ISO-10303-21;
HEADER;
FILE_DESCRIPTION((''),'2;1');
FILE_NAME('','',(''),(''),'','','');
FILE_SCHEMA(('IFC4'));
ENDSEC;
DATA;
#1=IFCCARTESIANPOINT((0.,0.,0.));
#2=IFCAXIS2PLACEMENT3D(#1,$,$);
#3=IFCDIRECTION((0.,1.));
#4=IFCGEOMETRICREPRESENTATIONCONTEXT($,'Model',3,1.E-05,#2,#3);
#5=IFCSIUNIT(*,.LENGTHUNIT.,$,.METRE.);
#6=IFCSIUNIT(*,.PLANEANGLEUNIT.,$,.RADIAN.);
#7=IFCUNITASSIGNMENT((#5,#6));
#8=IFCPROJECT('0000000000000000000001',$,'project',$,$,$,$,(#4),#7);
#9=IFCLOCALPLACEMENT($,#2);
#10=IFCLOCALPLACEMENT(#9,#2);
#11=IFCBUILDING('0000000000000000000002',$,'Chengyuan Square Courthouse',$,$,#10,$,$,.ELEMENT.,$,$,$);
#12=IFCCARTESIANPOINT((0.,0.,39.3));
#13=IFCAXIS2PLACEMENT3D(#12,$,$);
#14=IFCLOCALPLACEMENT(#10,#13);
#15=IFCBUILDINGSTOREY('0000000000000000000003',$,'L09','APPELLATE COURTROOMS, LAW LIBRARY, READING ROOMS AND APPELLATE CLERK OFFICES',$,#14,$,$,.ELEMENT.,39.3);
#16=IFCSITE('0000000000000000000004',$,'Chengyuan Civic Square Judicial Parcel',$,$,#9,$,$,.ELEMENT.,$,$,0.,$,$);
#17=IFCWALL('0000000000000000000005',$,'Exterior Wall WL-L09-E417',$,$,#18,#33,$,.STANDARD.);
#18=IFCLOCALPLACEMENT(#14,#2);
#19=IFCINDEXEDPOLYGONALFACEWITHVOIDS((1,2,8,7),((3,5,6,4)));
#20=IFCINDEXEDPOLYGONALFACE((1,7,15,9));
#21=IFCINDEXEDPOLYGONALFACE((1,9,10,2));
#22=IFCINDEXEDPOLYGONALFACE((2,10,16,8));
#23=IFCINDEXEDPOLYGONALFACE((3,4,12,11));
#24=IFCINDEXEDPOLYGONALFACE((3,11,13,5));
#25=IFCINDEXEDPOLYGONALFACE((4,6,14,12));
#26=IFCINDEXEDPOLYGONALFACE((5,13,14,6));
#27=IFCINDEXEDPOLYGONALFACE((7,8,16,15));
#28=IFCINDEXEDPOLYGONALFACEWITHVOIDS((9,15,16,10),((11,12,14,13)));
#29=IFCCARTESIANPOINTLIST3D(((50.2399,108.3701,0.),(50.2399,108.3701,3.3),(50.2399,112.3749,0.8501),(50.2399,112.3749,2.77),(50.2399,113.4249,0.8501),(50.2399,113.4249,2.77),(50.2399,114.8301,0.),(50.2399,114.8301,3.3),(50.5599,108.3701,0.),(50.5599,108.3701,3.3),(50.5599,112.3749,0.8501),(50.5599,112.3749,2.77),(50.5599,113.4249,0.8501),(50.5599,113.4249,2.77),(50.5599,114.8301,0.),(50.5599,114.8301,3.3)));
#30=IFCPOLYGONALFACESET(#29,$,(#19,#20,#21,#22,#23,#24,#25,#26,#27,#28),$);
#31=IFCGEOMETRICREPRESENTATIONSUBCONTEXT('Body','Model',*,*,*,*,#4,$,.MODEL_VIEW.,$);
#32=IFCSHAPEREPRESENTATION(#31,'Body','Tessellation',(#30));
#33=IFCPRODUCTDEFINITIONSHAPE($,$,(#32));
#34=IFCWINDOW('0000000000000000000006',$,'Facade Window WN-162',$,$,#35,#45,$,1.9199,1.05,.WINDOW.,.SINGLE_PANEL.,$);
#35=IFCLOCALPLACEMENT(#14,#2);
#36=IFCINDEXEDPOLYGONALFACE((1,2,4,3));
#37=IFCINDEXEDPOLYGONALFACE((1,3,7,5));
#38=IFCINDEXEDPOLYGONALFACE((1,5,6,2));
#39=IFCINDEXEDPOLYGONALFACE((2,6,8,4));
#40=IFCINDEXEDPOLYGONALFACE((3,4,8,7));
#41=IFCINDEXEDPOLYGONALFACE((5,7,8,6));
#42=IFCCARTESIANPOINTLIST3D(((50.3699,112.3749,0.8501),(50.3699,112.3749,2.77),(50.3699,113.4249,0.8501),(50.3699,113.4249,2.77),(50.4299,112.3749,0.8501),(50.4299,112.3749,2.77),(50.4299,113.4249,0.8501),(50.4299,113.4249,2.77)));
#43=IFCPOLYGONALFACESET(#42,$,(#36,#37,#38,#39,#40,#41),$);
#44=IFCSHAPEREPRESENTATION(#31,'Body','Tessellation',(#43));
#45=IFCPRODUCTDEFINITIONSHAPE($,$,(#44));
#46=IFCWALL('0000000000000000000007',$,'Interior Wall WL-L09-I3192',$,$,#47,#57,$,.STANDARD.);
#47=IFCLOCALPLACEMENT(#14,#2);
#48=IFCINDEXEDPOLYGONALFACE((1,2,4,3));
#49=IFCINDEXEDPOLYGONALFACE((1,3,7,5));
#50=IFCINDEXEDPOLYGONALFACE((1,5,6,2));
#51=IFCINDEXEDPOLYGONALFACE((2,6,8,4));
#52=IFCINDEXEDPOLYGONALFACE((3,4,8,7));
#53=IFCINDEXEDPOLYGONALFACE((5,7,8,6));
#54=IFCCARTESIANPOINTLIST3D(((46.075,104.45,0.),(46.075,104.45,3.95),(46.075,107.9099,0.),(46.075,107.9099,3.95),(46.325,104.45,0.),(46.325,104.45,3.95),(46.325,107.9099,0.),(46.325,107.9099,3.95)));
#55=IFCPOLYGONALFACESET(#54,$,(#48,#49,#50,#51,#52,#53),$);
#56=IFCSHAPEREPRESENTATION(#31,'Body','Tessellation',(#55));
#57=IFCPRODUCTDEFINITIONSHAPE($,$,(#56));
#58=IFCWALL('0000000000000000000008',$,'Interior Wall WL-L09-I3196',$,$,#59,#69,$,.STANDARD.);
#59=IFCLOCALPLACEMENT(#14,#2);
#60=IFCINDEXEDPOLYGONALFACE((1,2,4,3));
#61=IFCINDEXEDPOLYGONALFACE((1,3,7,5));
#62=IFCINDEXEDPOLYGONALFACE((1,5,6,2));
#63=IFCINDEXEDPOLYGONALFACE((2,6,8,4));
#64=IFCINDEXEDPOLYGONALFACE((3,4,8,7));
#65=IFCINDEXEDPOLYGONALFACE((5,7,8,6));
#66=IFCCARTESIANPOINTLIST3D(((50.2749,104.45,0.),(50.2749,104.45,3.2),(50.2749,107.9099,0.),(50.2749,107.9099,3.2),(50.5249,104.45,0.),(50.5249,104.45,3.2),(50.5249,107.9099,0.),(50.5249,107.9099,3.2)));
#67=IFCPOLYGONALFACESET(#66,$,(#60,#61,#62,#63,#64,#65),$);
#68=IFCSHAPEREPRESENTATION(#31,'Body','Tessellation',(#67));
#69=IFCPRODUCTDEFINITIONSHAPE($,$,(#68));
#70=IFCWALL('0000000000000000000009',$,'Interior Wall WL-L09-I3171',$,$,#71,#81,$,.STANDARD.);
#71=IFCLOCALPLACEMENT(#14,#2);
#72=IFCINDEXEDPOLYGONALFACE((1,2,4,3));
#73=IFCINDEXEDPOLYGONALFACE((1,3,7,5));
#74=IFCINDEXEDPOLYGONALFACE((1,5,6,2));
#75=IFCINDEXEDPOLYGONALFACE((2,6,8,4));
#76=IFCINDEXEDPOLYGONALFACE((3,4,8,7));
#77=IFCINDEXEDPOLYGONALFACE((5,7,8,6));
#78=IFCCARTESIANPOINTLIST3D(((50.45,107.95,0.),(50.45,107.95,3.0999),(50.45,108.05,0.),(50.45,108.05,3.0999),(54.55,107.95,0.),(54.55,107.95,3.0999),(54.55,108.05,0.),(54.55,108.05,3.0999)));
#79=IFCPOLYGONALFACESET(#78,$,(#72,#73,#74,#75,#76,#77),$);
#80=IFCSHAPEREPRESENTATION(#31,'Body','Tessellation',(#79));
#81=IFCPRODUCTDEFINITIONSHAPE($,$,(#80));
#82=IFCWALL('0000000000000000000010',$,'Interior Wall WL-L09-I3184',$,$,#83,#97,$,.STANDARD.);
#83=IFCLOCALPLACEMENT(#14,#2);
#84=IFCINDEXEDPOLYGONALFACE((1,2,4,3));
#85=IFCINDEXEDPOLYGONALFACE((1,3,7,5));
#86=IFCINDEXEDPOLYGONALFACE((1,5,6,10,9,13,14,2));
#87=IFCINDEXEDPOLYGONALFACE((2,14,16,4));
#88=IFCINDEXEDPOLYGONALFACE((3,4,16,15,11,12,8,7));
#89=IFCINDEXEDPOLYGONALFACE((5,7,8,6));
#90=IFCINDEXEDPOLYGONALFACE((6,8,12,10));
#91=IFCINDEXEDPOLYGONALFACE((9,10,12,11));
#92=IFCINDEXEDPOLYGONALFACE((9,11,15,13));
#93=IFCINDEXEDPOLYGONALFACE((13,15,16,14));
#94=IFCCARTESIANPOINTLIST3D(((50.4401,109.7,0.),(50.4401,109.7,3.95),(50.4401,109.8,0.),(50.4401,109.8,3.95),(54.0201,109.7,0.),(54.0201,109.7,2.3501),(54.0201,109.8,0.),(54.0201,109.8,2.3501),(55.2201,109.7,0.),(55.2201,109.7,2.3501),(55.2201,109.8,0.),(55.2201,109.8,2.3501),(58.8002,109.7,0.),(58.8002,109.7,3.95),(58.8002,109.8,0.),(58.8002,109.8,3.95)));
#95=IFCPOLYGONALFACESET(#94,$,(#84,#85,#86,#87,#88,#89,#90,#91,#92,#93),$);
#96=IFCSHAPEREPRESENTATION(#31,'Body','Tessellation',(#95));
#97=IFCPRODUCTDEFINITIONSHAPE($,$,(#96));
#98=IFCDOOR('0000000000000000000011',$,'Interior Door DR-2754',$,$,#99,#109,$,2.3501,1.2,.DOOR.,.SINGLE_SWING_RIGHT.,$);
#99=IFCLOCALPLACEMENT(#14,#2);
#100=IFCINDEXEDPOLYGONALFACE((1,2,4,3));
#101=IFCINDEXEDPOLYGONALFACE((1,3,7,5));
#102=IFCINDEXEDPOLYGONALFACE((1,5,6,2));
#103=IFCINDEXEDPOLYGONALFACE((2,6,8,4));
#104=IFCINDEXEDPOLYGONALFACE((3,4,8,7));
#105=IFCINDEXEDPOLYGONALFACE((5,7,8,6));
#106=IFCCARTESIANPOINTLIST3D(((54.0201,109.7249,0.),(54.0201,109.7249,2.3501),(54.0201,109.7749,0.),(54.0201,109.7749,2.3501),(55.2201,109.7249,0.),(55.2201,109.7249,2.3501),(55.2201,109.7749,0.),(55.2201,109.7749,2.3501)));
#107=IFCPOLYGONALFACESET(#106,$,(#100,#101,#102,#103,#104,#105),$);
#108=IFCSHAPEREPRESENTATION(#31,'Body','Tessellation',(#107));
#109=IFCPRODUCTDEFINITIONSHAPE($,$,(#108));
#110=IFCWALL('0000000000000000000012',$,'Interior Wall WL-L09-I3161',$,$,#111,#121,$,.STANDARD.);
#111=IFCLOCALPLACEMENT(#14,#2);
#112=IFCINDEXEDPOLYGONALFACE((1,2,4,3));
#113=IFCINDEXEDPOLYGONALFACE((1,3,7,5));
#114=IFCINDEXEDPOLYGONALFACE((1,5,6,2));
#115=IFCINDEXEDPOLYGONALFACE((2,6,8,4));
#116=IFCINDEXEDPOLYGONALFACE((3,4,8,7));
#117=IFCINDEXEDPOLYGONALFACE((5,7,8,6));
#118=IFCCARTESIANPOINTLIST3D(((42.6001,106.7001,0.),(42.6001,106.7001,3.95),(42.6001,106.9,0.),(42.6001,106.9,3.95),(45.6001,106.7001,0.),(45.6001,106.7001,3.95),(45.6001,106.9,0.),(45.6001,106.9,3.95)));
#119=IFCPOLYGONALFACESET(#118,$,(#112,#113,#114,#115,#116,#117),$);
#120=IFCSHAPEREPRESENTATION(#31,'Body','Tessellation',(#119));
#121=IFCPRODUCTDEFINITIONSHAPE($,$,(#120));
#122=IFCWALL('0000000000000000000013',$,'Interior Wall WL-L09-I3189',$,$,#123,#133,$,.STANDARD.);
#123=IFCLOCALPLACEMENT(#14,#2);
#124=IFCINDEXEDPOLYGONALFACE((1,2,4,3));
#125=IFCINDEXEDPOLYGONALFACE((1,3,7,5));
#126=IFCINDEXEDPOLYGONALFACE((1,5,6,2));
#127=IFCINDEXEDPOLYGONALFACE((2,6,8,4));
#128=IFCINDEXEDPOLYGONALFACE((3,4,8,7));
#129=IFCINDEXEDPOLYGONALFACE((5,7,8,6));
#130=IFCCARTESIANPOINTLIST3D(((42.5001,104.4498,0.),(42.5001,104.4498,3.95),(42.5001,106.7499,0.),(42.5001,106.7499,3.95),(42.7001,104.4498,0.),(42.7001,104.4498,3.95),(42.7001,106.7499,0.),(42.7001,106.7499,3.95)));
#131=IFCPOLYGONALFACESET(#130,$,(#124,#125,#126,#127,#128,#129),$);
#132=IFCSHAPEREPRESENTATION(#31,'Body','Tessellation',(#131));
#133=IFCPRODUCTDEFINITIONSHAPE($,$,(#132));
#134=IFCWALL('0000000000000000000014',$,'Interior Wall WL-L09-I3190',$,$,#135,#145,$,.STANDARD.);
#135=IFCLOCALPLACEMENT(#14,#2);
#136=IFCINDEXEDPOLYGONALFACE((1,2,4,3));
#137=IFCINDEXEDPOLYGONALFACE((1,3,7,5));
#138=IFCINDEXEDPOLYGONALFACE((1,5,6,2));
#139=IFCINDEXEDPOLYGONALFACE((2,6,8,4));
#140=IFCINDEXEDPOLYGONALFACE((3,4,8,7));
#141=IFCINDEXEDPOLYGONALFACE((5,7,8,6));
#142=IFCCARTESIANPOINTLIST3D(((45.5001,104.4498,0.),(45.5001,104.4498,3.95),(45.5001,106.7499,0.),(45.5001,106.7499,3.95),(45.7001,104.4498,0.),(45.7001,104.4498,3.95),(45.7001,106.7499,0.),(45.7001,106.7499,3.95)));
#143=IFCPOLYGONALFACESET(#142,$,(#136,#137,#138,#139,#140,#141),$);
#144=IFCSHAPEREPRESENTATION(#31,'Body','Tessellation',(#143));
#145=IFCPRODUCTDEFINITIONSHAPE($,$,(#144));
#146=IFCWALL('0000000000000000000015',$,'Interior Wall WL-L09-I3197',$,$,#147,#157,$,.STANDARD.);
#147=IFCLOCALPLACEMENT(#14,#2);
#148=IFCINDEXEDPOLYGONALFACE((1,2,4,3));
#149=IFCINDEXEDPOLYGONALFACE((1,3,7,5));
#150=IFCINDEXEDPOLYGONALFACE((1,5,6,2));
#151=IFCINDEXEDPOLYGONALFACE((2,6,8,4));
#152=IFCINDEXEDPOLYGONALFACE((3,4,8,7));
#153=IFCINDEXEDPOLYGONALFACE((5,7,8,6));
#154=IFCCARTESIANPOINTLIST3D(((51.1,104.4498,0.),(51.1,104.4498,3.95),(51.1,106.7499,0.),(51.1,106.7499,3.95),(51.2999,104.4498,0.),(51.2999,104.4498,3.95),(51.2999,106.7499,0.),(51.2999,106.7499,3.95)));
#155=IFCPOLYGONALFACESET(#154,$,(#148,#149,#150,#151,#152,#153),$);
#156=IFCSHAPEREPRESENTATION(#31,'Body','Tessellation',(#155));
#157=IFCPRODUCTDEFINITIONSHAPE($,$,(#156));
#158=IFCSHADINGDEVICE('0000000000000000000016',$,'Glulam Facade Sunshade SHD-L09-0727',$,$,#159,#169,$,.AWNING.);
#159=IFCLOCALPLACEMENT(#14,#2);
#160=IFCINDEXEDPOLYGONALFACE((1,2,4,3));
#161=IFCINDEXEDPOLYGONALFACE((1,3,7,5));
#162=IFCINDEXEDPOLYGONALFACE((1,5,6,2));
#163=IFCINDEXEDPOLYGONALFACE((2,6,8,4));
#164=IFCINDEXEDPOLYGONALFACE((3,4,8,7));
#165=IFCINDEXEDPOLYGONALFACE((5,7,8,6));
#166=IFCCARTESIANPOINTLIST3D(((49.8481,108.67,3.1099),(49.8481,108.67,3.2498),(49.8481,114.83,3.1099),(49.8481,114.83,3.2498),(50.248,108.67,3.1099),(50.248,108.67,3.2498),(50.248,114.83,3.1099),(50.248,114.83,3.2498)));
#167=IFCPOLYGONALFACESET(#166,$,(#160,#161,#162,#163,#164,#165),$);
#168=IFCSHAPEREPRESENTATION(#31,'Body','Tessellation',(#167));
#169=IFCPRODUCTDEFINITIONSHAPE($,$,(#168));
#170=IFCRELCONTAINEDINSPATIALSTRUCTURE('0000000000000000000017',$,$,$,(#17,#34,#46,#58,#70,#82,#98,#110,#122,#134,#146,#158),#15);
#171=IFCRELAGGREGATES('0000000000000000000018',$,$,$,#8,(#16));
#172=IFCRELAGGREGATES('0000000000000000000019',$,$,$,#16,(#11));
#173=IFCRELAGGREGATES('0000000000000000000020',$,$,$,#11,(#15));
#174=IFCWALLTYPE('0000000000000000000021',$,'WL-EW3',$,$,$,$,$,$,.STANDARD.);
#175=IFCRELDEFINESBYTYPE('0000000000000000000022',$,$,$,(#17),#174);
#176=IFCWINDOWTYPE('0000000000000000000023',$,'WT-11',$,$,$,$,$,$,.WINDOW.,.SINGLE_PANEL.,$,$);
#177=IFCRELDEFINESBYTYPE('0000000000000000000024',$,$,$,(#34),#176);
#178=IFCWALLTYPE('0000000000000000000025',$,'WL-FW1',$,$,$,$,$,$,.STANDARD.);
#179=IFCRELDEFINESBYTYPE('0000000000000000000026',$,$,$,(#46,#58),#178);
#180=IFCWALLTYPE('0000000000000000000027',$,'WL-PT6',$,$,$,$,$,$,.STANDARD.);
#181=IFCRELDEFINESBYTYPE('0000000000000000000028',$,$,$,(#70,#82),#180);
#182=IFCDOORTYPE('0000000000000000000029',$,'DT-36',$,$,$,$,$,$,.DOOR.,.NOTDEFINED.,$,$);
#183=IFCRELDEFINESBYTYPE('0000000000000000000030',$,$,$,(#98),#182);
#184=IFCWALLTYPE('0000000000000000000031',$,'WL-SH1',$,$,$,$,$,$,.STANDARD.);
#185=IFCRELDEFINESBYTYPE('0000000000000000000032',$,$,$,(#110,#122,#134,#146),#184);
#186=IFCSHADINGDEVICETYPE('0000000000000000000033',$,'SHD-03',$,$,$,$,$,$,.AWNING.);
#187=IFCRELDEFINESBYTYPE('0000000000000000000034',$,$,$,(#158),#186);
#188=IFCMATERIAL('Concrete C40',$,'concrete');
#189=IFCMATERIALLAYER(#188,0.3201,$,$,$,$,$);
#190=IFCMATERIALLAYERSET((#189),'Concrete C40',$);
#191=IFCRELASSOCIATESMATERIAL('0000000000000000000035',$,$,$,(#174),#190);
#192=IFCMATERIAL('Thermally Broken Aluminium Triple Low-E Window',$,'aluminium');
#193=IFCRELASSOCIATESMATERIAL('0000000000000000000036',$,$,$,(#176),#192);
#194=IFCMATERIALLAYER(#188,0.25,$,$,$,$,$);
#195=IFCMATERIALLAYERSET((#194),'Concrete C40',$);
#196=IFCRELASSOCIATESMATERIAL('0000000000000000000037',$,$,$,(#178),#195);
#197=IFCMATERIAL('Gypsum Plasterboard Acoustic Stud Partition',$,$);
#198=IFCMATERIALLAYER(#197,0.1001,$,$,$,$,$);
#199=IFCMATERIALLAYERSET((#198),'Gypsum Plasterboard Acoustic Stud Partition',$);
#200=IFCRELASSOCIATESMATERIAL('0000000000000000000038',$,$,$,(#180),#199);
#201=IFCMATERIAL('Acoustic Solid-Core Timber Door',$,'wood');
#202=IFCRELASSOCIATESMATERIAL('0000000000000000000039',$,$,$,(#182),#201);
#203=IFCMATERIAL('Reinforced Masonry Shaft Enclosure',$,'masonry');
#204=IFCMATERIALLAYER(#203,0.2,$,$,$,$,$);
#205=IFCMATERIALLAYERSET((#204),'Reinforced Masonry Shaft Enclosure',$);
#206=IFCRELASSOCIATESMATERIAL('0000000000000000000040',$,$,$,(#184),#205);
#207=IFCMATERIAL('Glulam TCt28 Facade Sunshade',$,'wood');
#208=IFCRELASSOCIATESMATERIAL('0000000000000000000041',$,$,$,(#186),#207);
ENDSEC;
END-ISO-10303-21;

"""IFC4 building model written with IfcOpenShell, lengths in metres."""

from ifc_helpers import new_model, si_unit, direction, frame, frame_2d, origin, origin_2d, place, context, subcontext, project, spatial, rectangle, extrude, material, layer, layer_set, type_object, element, fill, save


model = new_model("IFC4")

# Units and contexts
model_context = context("Model", 3, precision=1e-05, world=origin(), true_north=direction((0.0, 1.0)))
body_context = subcontext(model_context, "Body", "Model", "MODEL_VIEW")
ifc_project = project(units=[si_unit("LENGTHUNIT", "METRE"), si_unit("PLANEANGLEUNIT", "RADIAN")], contexts=[model_context])

# Site, building, storey
site_placement = place(None, origin())
site = spatial("IfcSite", under=ifc_project, at=site_placement, Name="Chengyuan Civic Square Judicial Parcel", CompositionType="ELEMENT", RefElevation=0.0)
building_placement = place(site_placement, origin())
building = spatial("IfcBuilding", under=site, at=building_placement, Name="Chengyuan Square Courthouse", CompositionType="ELEMENT")
storey_placement = place(building_placement, frame((0.0, 0.0, 39.3)))
storey = spatial("IfcBuildingStorey", under=building, at=storey_placement, Name="L09", Description="APPELLATE COURTROOMS, LAW LIBRARY, READING ROOMS AND APPELLATE CLERK OFFICES", CompositionType="ELEMENT", Elevation=39.3)

# Shared definitions
ifc_material_1 = material(Name="Concrete C40", Category="concrete")

# Shared definitions
ifc_layer_1 = layer(ifc_material_1, 0.3201)
ifc_layer_set_1 = layer_set([ifc_layer_1], Name="Concrete C40")
wall_type_1 = type_object("IfcWallType", Name="WL-EW3", PredefinedType="STANDARD", material=ifc_layer_set_1)

# Wall, opening, window
wall_1_placement = place(storey_placement, frame((50.3999, 108.3701, 0.0), z_axis=(0.0, 0.0, 1.0), x_axis=(0.0, 1.0, 0.0)))
wall_1 = element("IfcWall", 1, at=wall_1_placement, inside=storey, type_object=wall_type_1, Name="Exterior Wall WL-L09-E417", PredefinedType="STANDARD", context=body_context, shape_type="SweptSolid", body=[
    extrude(rectangle(XDim=6.46, YDim=0.3201, at=frame_2d((3.23, 0.0))), origin(), (0.0, 0.0, 1.0), 3.3),
])
opening_1_placement = place(wall_1_placement, frame((4.0049, 0.0, 0.8501)))
opening_1 = element("IfcOpeningElement", 2, at=opening_1_placement, cuts=wall_1, PredefinedType="OPENING", context=body_context, shape_type="SweptSolid", body=[
    extrude(rectangle(XDim=1.05, YDim=1.9199, at=frame_2d((0.5249, 0.96))), frame((0.0, 0.1721, 0.0), z_axis=(0.0, -1.0, 0.0), x_axis=(1.0, 0.0, 0.0)), (0.0, 0.0, 1.0), 0.344),
])
ifc_material_2 = material(Name="Thermally Broken Aluminium Triple Low-E Window", Category="aluminium")
window_type = type_object("IfcWindowType", Name="WT-11", PartitioningType="SINGLE_PANEL", PredefinedType="WINDOW", material=ifc_material_2)
window_placement = place(opening_1_placement, origin())
window = element("IfcWindow", 3, at=window_placement, inside=storey, type_object=window_type, Name="Facade Window WN-162", OverallHeight=1.9199, OverallWidth=1.05, PartitioningType="SINGLE_PANEL", PredefinedType="WINDOW", context=body_context, shape_type="SweptSolid", body=[
    extrude(rectangle(XDim=1.05, YDim=1.9199, at=frame_2d((0.5249, 0.96))), frame((0.0, 0.03, 0.0), z_axis=(0.0, -1.0, 0.0), x_axis=(1.0, 0.0, 0.0)), (0.0, 0.0, 1.0), 0.0601),
])
fill(opening_1, window)

# Walls
ifc_layer_2 = layer(ifc_material_1, 0.25)
ifc_layer_set_2 = layer_set([ifc_layer_2], Name="Concrete C40")
wall_type_2 = type_object("IfcWallType", Name="WL-FW1", PredefinedType="STANDARD", material=ifc_layer_set_2)
wall_2_placement = place(storey_placement, frame((46.2, 104.45, 0.0), z_axis=(0.0, 0.0, 1.0), x_axis=(0.0, 1.0, 0.0)))
element("IfcWall", 4, at=wall_2_placement, inside=storey, type_object=wall_type_2, Name="Interior Wall WL-L09-I3192", PredefinedType="STANDARD", context=body_context, shape_type="SweptSolid", body=[
    extrude(rectangle(XDim=3.46, YDim=0.25, at=frame_2d((1.73, 0.0))), origin(), (0.0, 0.0, 1.0), 3.95),
])
wall_3_placement = place(storey_placement, frame((50.3999, 104.45, 0.0), z_axis=(0.0, 0.0, 1.0), x_axis=(0.0, 1.0, 0.0)))
element("IfcWall", 5, at=wall_3_placement, inside=storey, type_object=wall_type_2, Name="Interior Wall WL-L09-I3196", PredefinedType="STANDARD", context=body_context, shape_type="SweptSolid", body=[
    extrude(rectangle(XDim=3.46, YDim=0.25, at=frame_2d((1.73, 0.0))), origin(), (0.0, 0.0, 1.0), 3.2),
])
ifc_material_3 = material(Name="Gypsum Plasterboard Acoustic Stud Partition")
ifc_layer_3 = layer(ifc_material_3, 0.1001)
ifc_layer_set_3 = layer_set([ifc_layer_3], Name="Gypsum Plasterboard Acoustic Stud Partition")
wall_type_3 = type_object("IfcWallType", Name="WL-PT6", PredefinedType="STANDARD", material=ifc_layer_set_3)
wall_4_placement = place(storey_placement, frame((50.45, 108.0, 0.0), z_axis=(0.0, 0.0, 1.0), x_axis=(1.0, 0.0, 0.0)))
element("IfcWall", 6, at=wall_4_placement, inside=storey, type_object=wall_type_3, Name="Interior Wall WL-L09-I3171", PredefinedType="STANDARD", context=body_context, shape_type="SweptSolid", body=[
    extrude(rectangle(XDim=4.1001, YDim=0.1001, at=frame_2d((2.05, 0.0))), origin(), (0.0, 0.0, 1.0), 3.0999),
])

# Wall, opening, door
wall_5_placement = place(storey_placement, frame((50.4399, 109.75, 0.0), z_axis=(0.0, 0.0, 1.0), x_axis=(1.0, 0.0, 0.0)))
wall_5 = element("IfcWall", 7, at=wall_5_placement, inside=storey, type_object=wall_type_3, Name="Interior Wall WL-L09-I3184", PredefinedType="STANDARD", context=body_context, shape_type="SweptSolid", body=[
    extrude(rectangle(XDim=8.3601, YDim=0.1001, at=frame_2d((4.1802, 0.0))), origin(), (0.0, 0.0, 1.0), 3.95),
])
opening_2_placement = place(wall_5_placement, frame((3.5801, 0.0, 0.0)))
opening_2 = element("IfcOpeningElement", 8, at=opening_2_placement, cuts=wall_5, PredefinedType="OPENING", context=body_context, shape_type="SweptSolid", body=[
    extrude(rectangle(XDim=1.2, YDim=2.3501, at=frame_2d((0.6001, 1.175))), frame((0.0, 0.062, 0.0), z_axis=(0.0, -1.0, 0.0), x_axis=(1.0, 0.0, 0.0)), (0.0, 0.0, 1.0), 0.124),
])
ifc_material_4 = material(Name="Acoustic Solid-Core Timber Door", Category="wood")
door_type_1 = type_object("IfcDoorType", Name="DT-36", OperationType="NOTDEFINED", PredefinedType="DOOR", material=ifc_material_4)
door_1_placement = place(opening_2_placement, origin())
door_1 = element("IfcDoor", 9, at=door_1_placement, inside=storey, type_object=door_type_1, Name="Interior Door DR-2754", OperationType="SINGLE_SWING_RIGHT", OverallHeight=2.3501, OverallWidth=1.2, PredefinedType="DOOR", context=body_context, shape_type="SweptSolid", body=[
    extrude(rectangle(XDim=1.2, YDim=2.3501, at=frame_2d((0.6001, 1.175))), frame((0.0, 0.0249, 0.0), z_axis=(0.0, -1.0, 0.0), x_axis=(1.0, 0.0, 0.0)), (0.0, 0.0, 1.0), 0.05),
])
fill(opening_2, door_1)
ifc_material_5 = material(Name="Reinforced Masonry Shaft Enclosure", Category="masonry")
ifc_layer_4 = layer(ifc_material_5, 0.2)
ifc_layer_set_4 = layer_set([ifc_layer_4], Name="Reinforced Masonry Shaft Enclosure")
wall_type_4 = type_object("IfcWallType", Name="WL-SH1", PredefinedType="STANDARD", material=ifc_layer_set_4)

# Walls
wall_6_placement = place(storey_placement, frame((42.6001, 106.8, 0.0), z_axis=(0.0, 0.0, 1.0), x_axis=(1.0, 0.0, 0.0)))
element("IfcWall", 10, at=wall_6_placement, inside=storey, type_object=wall_type_4, Name="Interior Wall WL-L09-I3161", PredefinedType="STANDARD", context=body_context, shape_type="SweptSolid", body=[
    extrude(rectangle(XDim=3.0, YDim=0.2, at=frame_2d((1.5, 0.0))), origin(), (0.0, 0.0, 1.0), 3.95),
])
for number, where, z_axis, x_axis, name in (
    (11, (42.6001, 104.45, 0.0), (0.0, 0.0, 1.0), (0.0, 1.0, 0.0), "Interior Wall WL-L09-I3189"),
    (12, (45.6001, 104.45, 0.0), (0.0, 0.0, 1.0), (0.0, 1.0, 0.0), "Interior Wall WL-L09-I3190"),
    (13, (51.2, 104.45, 0.0), (0.0, 0.0, 1.0), (0.0, 1.0, 0.0), "Interior Wall WL-L09-I3197"),
):
    element("IfcWall", number, at=place(storey_placement, frame(where, z_axis=z_axis, x_axis=x_axis)), inside=storey, type_object=wall_type_4, Name=name, PredefinedType="STANDARD", context=body_context, shape_type="SweptSolid", body=[
        extrude(rectangle(XDim=2.3, YDim=0.2, at=frame_2d((1.1499, 0.0))), origin(), (0.0, 0.0, 1.0), 3.95),
    ])

# Shading device
ifc_material_6 = material(Name="Glulam TCt28 Facade Sunshade", Category="wood")
shading_device_type = type_object("IfcShadingDeviceType", Name="SHD-03", PredefinedType="AWNING", material=ifc_material_6)
shading_device_placement = place(storey_placement, frame((50.0481, 111.75, 3.1099), z_axis=(0.0, 0.0, 1.0), x_axis=(0.0, 1.0, 0.0)))
element("IfcShadingDevice", 14, at=shading_device_placement, inside=storey, type_object=shading_device_type, Name="Glulam Facade Sunshade SHD-L09-0727", PredefinedType="AWNING", context=body_context, shape_type="SweptSolid", body=[
    extrude(rectangle(XDim=6.1599, YDim=0.3999, at=origin_2d()), origin(), (0.0, 0.0, 1.0), 0.1399),
])

save(model, "model.ifc")
